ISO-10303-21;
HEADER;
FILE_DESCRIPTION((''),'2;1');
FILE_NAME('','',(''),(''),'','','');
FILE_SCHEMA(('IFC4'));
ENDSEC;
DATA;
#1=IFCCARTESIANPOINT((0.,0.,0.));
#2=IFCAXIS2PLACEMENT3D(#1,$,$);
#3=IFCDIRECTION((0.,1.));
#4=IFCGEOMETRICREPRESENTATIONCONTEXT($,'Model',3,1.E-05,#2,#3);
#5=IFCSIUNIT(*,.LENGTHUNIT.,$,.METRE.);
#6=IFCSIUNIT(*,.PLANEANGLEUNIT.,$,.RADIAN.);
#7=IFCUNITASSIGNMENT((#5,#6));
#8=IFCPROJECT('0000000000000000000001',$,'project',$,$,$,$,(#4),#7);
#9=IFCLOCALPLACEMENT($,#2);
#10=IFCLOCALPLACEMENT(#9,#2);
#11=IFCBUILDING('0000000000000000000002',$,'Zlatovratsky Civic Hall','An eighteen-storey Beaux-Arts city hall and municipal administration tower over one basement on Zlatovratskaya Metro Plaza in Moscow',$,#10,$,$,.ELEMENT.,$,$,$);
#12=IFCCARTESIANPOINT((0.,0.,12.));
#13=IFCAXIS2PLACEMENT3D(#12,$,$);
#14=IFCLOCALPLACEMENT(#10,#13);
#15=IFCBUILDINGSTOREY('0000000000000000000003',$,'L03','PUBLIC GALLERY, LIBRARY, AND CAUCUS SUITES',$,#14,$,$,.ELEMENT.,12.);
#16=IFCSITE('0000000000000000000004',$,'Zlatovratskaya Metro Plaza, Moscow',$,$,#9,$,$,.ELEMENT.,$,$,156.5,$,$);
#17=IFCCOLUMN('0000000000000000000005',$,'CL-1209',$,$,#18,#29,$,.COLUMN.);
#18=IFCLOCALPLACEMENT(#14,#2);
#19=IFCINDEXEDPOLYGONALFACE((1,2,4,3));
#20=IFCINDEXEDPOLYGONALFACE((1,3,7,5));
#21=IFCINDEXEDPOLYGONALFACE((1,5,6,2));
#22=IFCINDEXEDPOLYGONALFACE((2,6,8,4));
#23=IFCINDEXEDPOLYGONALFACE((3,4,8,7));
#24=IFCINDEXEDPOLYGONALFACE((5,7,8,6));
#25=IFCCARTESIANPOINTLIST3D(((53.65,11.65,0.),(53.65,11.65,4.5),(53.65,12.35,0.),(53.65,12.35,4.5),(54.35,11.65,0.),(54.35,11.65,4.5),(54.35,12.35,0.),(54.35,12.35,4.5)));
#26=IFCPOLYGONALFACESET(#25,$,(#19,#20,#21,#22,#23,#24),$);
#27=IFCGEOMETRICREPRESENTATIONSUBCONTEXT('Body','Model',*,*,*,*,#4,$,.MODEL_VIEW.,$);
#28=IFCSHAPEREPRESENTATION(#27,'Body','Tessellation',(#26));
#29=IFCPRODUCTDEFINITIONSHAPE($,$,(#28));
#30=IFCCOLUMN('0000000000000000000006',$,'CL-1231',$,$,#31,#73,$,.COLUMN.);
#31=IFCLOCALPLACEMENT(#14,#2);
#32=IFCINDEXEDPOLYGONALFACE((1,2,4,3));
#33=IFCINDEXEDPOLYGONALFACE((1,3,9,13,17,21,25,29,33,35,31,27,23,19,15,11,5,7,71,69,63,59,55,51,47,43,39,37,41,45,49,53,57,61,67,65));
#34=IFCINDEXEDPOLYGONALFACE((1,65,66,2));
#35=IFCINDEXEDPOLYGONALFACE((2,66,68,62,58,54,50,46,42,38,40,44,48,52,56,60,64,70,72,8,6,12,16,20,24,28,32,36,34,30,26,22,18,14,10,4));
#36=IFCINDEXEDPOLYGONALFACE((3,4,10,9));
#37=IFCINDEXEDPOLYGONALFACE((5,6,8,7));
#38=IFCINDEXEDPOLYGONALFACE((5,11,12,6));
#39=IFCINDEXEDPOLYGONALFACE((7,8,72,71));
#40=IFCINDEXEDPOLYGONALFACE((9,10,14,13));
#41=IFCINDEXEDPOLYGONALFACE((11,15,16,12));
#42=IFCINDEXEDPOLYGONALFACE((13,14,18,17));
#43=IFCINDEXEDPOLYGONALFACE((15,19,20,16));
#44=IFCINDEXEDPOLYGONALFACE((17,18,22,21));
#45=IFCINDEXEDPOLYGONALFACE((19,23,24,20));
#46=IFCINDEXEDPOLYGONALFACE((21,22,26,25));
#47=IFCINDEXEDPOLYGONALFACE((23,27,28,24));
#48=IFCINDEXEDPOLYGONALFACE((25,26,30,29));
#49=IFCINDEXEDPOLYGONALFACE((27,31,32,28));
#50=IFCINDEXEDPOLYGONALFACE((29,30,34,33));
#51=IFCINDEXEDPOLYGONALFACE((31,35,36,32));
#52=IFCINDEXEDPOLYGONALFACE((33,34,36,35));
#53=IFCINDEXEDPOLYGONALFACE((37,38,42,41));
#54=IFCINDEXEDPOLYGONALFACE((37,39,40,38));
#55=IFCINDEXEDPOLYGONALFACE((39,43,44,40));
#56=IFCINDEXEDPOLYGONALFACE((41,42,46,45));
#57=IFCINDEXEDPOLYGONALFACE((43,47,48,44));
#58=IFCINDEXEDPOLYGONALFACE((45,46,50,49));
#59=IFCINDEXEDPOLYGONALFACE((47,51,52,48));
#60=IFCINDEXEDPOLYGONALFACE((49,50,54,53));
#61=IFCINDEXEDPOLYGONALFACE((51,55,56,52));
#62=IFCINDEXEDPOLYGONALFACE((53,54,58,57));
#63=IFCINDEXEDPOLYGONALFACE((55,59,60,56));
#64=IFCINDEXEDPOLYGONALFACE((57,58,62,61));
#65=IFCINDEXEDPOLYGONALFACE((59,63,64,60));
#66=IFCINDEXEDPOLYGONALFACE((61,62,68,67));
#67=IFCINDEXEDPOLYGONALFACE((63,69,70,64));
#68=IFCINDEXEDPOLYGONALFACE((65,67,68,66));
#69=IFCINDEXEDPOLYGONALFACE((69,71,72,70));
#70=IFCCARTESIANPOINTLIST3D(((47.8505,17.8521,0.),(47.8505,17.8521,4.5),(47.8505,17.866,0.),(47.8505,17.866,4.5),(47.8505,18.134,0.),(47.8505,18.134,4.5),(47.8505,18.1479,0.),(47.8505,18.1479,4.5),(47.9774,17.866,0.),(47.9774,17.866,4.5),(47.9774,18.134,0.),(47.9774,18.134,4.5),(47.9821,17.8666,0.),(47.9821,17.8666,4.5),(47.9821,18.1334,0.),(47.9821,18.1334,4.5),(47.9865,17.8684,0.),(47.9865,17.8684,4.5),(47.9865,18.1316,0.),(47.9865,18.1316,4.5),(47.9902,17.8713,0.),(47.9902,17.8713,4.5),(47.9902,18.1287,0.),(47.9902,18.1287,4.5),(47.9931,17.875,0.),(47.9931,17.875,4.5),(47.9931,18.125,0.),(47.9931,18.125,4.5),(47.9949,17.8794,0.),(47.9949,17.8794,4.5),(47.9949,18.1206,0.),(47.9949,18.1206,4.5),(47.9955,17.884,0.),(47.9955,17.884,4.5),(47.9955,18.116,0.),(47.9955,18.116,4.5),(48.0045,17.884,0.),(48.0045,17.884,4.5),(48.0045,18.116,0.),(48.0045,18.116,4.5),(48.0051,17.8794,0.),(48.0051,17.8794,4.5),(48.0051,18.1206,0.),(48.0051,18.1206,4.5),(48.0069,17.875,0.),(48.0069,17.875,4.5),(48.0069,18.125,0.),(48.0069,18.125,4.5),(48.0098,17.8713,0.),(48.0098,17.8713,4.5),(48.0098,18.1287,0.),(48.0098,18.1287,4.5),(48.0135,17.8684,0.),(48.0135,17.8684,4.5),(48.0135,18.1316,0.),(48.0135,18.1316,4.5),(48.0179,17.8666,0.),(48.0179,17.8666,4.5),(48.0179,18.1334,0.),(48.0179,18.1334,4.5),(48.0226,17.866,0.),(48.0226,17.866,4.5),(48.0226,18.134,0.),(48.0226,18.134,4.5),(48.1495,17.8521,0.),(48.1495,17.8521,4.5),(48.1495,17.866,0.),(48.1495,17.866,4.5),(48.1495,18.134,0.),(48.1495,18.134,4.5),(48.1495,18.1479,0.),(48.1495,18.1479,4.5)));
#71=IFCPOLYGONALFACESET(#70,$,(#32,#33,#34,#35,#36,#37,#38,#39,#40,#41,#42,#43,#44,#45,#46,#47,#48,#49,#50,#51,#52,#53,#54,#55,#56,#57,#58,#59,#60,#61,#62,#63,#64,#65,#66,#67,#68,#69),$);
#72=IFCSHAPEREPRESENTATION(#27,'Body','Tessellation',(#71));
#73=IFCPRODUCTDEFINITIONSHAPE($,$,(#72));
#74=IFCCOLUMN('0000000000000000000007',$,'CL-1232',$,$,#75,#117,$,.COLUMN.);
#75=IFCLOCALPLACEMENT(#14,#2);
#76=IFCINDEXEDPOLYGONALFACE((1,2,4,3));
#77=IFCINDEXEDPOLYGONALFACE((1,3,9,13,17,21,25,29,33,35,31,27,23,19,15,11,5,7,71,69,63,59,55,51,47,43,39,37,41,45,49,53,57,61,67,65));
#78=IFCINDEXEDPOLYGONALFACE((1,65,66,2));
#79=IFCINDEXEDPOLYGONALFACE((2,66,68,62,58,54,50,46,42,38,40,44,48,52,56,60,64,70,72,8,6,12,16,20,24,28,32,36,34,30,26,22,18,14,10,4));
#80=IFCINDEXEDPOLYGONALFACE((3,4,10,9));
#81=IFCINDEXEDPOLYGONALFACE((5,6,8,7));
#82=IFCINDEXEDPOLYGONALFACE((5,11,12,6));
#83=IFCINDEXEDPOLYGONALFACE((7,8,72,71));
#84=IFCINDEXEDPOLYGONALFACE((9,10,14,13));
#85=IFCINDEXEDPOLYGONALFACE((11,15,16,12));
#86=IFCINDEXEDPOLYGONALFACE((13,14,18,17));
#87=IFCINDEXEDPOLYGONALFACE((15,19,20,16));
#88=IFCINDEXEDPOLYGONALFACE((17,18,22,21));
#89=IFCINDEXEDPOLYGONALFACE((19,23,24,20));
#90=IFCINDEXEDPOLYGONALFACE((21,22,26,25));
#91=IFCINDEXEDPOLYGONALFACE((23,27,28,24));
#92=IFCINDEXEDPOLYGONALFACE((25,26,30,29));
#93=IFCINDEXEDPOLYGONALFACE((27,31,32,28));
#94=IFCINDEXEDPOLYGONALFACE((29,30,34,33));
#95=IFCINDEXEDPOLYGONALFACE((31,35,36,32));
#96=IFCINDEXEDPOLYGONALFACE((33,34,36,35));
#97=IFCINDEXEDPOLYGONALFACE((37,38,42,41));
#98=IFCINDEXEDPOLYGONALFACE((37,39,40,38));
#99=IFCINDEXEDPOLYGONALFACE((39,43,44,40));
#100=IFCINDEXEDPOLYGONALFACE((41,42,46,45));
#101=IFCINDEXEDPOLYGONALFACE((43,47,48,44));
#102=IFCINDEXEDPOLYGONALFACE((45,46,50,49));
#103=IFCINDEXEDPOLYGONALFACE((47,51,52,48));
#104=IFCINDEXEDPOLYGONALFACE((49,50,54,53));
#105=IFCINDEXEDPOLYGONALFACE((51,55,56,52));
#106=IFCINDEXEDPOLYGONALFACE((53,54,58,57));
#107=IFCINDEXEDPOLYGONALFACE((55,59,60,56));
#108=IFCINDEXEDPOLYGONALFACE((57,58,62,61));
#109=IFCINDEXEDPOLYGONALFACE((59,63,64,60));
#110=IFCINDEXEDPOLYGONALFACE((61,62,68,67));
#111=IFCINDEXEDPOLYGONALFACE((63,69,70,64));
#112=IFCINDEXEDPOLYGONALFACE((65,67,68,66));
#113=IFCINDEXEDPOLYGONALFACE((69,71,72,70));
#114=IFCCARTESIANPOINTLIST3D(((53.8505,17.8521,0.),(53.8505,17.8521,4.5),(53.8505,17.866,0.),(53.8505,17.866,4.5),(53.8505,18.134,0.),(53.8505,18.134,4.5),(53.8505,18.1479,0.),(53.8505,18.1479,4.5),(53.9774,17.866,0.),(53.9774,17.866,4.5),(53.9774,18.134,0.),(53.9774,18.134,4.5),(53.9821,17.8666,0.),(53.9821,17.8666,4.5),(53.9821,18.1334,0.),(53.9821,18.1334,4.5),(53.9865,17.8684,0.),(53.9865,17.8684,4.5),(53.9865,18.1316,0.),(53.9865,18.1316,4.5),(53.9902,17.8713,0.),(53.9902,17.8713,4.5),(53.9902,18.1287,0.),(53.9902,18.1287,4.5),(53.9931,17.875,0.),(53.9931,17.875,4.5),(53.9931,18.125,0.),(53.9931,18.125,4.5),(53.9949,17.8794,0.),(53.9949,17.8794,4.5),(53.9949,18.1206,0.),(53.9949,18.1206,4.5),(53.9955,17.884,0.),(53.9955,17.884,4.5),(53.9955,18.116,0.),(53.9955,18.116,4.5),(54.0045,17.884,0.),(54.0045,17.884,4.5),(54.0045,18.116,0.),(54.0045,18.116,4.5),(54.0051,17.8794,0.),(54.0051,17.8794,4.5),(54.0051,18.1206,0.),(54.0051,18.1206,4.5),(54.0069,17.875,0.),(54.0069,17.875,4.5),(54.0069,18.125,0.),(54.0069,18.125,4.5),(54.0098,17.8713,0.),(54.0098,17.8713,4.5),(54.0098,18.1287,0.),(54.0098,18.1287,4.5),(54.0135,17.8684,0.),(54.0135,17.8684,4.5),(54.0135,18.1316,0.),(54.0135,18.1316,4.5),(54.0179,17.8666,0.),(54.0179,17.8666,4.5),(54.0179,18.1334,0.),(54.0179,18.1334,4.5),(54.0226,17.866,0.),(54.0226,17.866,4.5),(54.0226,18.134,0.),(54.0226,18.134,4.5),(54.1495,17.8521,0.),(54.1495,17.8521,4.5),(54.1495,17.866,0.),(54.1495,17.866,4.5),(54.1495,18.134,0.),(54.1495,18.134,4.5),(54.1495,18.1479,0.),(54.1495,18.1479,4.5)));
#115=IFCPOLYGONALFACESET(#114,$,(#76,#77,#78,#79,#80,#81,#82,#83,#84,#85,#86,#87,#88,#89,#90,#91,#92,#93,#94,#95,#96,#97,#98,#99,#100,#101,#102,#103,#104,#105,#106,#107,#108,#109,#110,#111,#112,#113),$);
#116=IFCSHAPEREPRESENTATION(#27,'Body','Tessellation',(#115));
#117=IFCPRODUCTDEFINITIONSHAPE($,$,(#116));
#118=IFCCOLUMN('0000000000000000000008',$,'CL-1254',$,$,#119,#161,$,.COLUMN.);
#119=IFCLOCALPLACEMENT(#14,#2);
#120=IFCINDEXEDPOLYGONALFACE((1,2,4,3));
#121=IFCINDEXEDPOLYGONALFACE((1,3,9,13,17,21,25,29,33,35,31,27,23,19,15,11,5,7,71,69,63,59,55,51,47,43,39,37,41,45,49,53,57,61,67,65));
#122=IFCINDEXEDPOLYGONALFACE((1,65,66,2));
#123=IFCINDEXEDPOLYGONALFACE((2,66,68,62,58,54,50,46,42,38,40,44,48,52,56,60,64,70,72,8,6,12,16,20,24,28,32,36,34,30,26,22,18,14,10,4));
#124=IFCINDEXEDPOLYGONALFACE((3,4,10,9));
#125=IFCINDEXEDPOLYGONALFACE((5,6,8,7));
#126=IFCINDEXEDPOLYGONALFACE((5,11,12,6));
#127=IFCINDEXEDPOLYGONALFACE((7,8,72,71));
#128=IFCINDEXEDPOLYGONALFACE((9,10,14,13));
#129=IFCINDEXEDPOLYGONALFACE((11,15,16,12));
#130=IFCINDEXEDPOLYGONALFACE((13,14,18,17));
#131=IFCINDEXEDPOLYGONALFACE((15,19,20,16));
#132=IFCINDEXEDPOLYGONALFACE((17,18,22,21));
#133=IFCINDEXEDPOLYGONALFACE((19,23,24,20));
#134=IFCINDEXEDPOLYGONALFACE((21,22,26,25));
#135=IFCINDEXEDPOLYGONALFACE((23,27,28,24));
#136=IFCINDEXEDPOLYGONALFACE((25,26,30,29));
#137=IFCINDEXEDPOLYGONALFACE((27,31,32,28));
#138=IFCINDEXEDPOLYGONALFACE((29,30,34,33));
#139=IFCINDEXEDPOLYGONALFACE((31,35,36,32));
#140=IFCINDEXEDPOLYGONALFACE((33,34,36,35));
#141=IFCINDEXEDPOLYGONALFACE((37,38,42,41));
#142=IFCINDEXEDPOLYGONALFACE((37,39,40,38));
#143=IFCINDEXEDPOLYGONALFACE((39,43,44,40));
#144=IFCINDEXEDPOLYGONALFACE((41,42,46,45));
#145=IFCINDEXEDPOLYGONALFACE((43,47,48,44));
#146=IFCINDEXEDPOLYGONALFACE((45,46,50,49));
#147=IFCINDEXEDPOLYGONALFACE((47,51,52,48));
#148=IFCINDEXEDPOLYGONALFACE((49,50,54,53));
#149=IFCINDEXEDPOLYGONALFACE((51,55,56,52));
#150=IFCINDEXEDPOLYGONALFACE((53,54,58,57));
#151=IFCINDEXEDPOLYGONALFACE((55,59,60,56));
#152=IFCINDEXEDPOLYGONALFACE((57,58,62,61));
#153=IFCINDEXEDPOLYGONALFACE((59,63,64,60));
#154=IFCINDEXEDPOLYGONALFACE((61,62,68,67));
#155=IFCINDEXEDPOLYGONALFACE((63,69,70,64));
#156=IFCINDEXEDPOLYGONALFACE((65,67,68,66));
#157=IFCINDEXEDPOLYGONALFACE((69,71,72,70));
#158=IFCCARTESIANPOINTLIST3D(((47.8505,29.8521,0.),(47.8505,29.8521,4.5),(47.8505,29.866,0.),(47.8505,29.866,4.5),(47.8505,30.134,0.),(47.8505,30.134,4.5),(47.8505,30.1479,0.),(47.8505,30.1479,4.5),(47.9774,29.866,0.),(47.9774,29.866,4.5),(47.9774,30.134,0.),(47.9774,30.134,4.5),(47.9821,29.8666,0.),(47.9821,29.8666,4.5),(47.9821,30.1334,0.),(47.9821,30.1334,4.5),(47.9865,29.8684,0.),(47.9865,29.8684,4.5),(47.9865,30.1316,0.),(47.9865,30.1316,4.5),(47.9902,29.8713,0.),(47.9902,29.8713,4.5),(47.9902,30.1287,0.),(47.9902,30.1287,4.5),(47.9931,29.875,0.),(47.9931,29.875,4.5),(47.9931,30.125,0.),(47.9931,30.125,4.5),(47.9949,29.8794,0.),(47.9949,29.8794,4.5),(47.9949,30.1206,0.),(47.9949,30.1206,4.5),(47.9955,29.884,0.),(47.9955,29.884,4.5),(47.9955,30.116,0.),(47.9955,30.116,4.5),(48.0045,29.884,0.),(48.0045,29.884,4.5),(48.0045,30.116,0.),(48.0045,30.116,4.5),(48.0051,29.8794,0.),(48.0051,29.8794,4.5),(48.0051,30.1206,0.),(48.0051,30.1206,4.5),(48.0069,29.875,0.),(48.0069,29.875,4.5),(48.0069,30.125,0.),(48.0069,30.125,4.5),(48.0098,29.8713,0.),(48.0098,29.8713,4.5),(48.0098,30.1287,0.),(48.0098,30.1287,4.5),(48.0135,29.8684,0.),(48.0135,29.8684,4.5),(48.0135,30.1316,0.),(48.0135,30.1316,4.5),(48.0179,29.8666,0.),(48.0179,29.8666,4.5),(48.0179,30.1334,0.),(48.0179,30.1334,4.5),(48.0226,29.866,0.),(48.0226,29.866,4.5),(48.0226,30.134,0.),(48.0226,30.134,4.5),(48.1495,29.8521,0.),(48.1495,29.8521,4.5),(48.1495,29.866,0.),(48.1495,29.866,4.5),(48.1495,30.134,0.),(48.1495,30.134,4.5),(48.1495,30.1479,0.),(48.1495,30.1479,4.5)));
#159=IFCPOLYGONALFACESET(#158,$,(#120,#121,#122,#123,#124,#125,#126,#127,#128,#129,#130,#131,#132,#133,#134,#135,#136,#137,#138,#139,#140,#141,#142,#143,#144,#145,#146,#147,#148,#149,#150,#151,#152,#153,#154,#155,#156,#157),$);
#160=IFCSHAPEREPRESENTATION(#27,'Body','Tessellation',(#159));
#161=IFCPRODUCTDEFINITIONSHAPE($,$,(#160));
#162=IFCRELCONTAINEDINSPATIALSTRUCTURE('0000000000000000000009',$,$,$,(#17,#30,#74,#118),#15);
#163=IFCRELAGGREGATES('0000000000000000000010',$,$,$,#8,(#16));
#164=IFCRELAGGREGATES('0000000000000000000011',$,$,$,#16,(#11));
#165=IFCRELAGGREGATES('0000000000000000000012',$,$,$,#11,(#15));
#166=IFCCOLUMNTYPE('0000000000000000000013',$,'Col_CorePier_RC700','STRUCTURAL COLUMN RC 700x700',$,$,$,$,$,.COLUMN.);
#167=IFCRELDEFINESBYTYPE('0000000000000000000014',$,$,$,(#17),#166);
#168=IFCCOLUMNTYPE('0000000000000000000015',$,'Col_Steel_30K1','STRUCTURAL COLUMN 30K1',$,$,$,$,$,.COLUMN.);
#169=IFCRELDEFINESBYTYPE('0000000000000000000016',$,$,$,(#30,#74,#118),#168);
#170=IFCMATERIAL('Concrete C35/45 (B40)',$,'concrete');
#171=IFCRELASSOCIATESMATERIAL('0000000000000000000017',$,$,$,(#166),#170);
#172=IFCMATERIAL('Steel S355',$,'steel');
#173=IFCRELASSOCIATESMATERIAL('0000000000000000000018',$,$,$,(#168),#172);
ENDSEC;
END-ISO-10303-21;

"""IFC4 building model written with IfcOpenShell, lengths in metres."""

from ifc_helpers import new_model, si_unit, direction, frame, origin, origin_2d, place, context, subcontext, project, spatial, rectangle, i_section, extrude, material, material_profile, profile_set, type_object, element, save


model = new_model("IFC4")

# Units and contexts
model_context = context("Model", 3, precision=1e-05, world=origin(), true_north=direction((0.0, 1.0)))
body_context = subcontext(model_context, "Body", "Model", "MODEL_VIEW")
ifc_project = project(units=[si_unit("LENGTHUNIT", "METRE"), si_unit("PLANEANGLEUNIT", "RADIAN")], contexts=[model_context])

# Site, building, storey
site_placement = place(None, origin())
site = spatial("IfcSite", under=ifc_project, at=site_placement, Name="Zlatovratskaya Metro Plaza, Moscow", CompositionType="ELEMENT", RefElevation=156.5)
building_placement = place(site_placement, origin())
building = spatial("IfcBuilding", under=site, at=building_placement, Name="Zlatovratsky Civic Hall", Description="An eighteen-storey Beaux-Arts city hall and municipal administration tower over one basement on Zlatovratskaya Metro Plaza in Moscow", CompositionType="ELEMENT")
storey_placement = place(building_placement, frame((0.0, 0.0, 12.0)))
storey = spatial("IfcBuildingStorey", under=building, at=storey_placement, Name="L03", Description="PUBLIC GALLERY, LIBRARY, AND CAUCUS SUITES", CompositionType="ELEMENT", Elevation=12.0)

# Columns
ifc_material_1 = material(Name="Concrete C35/45 (B40)", Category="concrete")
ifc_material_profile_1 = material_profile(ifc_material_1, rectangle(XDim=0.7, YDim=0.7, at=origin_2d()), Name="RC 700x700")
ifc_profile_set_1 = profile_set([ifc_material_profile_1], Name="Concrete C35/45 (B40)")
column_type_1 = type_object("IfcColumnType", Name="Col_CorePier_RC700", Description="STRUCTURAL COLUMN RC 700x700", PredefinedType="COLUMN", material=ifc_profile_set_1)
column_placement = place(storey_placement, frame((54.0, 12.0, 0.0), z_axis=(0.0, 0.0, 1.0), x_axis=(1.0, 0.0, 0.0)))
element("IfcColumn", 1, at=column_placement, inside=storey, type_object=column_type_1, Name="CL-1209", PredefinedType="COLUMN", context=body_context, shape_type="SweptSolid", body=[
    extrude(rectangle(XDim=0.7, YDim=0.7, at=origin_2d()), origin(), (0.0, 0.0, 1.0), 4.5),
])
ifc_material_2 = material(Name="Steel S355", Category="steel")
ifc_material_profile_2 = material_profile(ifc_material_2, i_section(OverallWidth=0.2991, OverallDepth=0.2959, WebThickness=0.009, FlangeThickness=0.0139, FilletRadius=0.0181, at=origin_2d()), Name="30K1")
ifc_profile_set_2 = profile_set([ifc_material_profile_2], Name="Steel S355")
column_type_2 = type_object("IfcColumnType", Name="Col_Steel_30K1", Description="STRUCTURAL COLUMN 30K1", PredefinedType="COLUMN", material=ifc_profile_set_2)
for number, where, z_axis, x_axis, name in (
    (2, (48.0, 18.0, 0.0), (0.0, 0.0, 1.0), (1.0, 0.0, 0.0), "CL-1231"),
    (3, (54.0, 18.0, 0.0), (0.0, 0.0, 1.0), (1.0, 0.0, 0.0), "CL-1232"),
    (4, (48.0, 30.0, 0.0), (0.0, 0.0, 1.0), (1.0, 0.0, 0.0), "CL-1254"),
):
    element("IfcColumn", number, at=place(storey_placement, frame(where, z_axis=z_axis, x_axis=x_axis)), inside=storey, type_object=column_type_2, Name=name, PredefinedType="COLUMN", context=body_context, shape_type="SweptSolid", body=[
        extrude(i_section(OverallWidth=0.2991, OverallDepth=0.2959, WebThickness=0.009, FlangeThickness=0.0139, FilletRadius=0.0181, at=origin_2d()), origin(), (0.0, 0.0, 1.0), 4.5),
    ])

save(model, "model.ifc")
